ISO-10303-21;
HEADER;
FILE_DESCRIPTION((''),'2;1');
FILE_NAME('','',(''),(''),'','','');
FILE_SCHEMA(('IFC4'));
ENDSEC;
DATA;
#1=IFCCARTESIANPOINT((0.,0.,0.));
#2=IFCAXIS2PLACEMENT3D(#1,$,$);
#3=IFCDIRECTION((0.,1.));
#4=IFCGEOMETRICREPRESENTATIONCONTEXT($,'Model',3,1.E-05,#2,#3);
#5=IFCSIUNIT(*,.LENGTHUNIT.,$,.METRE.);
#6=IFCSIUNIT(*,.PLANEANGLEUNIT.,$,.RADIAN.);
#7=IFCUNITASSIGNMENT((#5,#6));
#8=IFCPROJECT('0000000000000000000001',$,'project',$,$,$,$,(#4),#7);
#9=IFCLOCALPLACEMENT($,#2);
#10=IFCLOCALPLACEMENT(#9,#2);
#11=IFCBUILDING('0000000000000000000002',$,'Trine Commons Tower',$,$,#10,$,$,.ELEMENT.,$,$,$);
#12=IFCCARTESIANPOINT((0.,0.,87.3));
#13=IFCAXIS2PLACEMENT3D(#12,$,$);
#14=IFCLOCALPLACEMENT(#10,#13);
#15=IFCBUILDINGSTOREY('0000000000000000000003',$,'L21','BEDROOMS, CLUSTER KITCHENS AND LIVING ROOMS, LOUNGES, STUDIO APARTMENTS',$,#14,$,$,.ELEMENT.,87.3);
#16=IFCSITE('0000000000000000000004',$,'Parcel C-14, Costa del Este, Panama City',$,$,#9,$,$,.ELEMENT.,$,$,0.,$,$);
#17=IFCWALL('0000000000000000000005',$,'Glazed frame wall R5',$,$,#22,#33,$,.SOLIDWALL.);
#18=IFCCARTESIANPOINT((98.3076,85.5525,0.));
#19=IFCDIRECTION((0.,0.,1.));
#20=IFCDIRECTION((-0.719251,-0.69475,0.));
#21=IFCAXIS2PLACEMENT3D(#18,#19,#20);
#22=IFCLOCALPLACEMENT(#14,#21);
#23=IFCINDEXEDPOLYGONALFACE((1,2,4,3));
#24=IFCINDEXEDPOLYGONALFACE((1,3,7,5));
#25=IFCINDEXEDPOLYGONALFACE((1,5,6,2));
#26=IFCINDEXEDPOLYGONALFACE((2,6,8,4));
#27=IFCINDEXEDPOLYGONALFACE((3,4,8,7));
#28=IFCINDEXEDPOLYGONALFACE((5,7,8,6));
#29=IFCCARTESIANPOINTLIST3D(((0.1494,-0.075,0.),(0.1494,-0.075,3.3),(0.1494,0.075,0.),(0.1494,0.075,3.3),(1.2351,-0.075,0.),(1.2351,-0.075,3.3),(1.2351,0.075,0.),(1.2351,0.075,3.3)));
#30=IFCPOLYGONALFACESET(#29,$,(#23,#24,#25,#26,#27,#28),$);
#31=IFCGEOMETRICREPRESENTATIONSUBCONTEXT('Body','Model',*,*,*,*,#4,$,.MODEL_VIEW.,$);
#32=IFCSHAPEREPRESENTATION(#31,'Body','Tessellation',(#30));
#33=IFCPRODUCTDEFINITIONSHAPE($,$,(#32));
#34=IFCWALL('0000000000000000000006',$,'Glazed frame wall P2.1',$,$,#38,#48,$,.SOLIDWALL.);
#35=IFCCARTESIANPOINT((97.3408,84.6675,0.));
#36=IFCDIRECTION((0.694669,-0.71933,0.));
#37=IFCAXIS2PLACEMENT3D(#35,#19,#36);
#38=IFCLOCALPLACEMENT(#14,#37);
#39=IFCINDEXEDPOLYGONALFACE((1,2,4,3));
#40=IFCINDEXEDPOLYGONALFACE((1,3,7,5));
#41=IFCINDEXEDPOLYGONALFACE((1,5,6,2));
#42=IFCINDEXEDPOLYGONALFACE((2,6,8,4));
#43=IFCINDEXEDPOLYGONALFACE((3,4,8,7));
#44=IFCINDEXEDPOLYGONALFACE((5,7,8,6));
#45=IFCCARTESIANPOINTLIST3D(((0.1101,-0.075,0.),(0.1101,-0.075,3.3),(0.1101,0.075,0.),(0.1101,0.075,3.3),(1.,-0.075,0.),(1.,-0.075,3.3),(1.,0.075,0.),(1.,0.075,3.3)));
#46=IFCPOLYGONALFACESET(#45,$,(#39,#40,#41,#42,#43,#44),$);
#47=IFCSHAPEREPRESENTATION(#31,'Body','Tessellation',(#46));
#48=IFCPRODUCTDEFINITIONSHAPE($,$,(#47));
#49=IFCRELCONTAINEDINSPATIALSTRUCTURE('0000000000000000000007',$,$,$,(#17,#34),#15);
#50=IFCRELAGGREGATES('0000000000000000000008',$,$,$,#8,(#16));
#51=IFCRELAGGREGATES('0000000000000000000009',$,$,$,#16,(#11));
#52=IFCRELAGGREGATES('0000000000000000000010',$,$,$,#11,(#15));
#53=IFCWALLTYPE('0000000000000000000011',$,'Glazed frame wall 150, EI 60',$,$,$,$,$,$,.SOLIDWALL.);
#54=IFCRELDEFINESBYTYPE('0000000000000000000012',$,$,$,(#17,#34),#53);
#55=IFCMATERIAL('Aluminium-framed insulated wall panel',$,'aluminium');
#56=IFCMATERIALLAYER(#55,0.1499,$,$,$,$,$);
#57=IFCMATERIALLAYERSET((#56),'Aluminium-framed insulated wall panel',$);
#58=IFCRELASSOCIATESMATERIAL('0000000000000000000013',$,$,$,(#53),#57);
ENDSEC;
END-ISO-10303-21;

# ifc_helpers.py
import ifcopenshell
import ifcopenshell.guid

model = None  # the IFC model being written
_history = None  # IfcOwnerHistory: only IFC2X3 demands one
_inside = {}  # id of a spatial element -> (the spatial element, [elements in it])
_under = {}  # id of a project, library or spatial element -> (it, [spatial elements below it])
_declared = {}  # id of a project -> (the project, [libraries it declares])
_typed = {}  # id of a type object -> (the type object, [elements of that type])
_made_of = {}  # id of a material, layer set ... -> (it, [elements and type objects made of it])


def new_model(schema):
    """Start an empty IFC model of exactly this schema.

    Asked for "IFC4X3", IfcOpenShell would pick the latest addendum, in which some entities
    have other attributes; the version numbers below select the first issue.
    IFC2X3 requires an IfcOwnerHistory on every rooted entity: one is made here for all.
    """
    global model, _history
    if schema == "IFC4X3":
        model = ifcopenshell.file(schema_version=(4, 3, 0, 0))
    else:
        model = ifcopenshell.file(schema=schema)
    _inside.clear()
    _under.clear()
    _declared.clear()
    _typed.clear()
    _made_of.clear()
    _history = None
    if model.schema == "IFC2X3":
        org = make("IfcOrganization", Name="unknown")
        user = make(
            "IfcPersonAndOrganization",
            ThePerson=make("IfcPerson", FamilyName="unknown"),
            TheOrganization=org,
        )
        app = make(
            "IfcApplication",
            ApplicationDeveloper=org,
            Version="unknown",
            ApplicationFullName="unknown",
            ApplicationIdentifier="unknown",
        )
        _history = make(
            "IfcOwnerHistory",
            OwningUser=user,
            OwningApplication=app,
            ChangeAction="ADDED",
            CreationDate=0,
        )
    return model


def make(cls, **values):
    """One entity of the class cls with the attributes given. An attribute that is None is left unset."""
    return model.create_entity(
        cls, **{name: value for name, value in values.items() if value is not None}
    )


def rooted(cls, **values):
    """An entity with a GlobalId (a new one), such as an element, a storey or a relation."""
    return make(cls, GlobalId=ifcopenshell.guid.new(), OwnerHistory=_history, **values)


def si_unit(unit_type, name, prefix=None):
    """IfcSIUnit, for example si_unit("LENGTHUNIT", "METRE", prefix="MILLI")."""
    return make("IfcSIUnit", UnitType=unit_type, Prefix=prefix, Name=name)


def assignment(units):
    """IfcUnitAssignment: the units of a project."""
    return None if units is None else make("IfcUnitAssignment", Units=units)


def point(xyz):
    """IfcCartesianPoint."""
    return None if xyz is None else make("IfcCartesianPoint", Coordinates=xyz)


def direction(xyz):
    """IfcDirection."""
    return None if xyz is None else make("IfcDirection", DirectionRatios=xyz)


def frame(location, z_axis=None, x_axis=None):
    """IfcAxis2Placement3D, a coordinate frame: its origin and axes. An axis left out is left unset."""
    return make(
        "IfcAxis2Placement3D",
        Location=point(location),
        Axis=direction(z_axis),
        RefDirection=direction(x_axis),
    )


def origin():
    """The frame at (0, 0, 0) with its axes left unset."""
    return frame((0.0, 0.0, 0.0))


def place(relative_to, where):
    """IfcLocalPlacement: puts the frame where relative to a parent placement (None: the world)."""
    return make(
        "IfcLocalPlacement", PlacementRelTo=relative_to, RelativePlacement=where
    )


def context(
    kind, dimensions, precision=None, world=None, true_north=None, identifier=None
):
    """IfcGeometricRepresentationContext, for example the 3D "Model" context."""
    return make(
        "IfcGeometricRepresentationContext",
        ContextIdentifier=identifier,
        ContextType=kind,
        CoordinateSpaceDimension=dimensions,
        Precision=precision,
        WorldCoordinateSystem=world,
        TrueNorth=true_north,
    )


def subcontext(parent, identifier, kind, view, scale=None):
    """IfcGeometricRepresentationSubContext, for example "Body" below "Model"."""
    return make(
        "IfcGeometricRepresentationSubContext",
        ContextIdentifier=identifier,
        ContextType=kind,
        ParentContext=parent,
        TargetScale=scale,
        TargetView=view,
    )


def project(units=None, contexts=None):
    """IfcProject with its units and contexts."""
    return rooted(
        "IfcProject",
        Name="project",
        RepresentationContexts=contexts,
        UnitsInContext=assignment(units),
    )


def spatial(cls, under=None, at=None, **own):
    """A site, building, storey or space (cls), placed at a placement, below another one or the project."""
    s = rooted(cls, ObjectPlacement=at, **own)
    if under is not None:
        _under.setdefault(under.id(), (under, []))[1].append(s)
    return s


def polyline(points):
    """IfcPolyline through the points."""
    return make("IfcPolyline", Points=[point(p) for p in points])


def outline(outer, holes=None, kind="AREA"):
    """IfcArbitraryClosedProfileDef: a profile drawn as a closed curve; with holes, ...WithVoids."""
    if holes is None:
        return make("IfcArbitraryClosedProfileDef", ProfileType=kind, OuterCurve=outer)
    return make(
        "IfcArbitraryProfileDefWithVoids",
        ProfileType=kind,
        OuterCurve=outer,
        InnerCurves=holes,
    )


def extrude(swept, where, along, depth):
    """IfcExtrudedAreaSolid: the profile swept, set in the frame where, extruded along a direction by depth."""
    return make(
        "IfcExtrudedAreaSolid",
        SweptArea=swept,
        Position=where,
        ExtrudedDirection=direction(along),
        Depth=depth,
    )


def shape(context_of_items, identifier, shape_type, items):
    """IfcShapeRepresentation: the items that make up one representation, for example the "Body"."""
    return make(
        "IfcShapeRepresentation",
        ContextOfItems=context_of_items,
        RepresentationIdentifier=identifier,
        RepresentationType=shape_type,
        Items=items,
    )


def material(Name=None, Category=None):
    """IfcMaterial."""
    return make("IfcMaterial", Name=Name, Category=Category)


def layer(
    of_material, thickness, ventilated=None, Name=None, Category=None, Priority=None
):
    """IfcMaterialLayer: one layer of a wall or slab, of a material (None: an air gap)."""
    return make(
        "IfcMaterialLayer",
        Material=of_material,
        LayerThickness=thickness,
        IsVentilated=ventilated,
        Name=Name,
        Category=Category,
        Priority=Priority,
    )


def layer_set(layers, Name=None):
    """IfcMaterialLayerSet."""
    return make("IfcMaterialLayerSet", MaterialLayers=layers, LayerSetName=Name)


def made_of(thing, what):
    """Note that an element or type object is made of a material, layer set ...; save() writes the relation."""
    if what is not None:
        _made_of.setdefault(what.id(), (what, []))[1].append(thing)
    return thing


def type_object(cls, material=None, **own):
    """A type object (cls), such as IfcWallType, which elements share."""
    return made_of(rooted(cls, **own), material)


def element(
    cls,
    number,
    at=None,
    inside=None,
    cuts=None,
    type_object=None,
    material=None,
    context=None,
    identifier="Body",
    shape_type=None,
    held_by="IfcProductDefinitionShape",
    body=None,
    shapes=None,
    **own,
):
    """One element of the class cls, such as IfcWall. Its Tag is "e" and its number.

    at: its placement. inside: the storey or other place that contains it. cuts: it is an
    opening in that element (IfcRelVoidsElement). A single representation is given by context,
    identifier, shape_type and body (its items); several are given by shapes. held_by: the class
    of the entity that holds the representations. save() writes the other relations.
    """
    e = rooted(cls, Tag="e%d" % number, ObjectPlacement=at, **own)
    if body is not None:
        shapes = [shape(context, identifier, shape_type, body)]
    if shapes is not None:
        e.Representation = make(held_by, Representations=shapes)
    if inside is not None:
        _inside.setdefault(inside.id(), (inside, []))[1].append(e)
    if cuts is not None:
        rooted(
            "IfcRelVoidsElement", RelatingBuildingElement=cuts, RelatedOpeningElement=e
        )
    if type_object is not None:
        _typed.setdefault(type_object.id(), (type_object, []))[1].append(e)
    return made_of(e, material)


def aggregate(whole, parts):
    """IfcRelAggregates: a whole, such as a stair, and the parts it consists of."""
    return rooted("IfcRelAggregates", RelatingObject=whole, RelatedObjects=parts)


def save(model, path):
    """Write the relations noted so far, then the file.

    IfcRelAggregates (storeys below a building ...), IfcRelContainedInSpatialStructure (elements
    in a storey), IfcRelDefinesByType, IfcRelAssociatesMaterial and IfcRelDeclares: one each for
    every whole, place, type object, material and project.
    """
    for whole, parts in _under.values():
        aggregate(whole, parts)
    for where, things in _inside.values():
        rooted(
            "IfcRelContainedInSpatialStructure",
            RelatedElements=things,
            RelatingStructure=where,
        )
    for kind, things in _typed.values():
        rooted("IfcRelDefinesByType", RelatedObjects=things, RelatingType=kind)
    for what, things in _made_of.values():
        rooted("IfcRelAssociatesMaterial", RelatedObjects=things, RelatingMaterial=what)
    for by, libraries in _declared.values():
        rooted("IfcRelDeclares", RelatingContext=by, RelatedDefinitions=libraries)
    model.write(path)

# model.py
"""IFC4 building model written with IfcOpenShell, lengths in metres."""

from ifc_helpers import new_model, si_unit, direction, frame, origin, place, context, subcontext, project, spatial, polyline, outline, extrude, material, layer, layer_set, type_object, element, save


model = new_model("IFC4")

# Units and contexts
model_context = context("Model", 3, precision=1e-05, world=origin(), true_north=direction((0.0, 1.0)))
body_context = subcontext(model_context, "Body", "Model", "MODEL_VIEW")
ifc_project = project(units=[si_unit("LENGTHUNIT", "METRE"), si_unit("PLANEANGLEUNIT", "RADIAN")], contexts=[model_context])

# Site, building, storey
site_placement = place(None, origin())
site = spatial("IfcSite", under=ifc_project, at=site_placement, Name="Parcel C-14, Costa del Este, Panama City", CompositionType="ELEMENT", RefElevation=0.0)
building_placement = place(site_placement, origin())
building = spatial("IfcBuilding", under=site, at=building_placement, Name="Trine Commons Tower", CompositionType="ELEMENT")
storey_placement = place(building_placement, frame((0.0, 0.0, 87.3)))
storey = spatial("IfcBuildingStorey", under=building, at=storey_placement, Name="L21", Description="BEDROOMS, CLUSTER KITCHENS AND LIVING ROOMS, LOUNGES, STUDIO APARTMENTS", CompositionType="ELEMENT", Elevation=87.3)

# Walls
ifc_material_1 = material(Name="Aluminium-framed insulated wall panel", Category="aluminium")
ifc_layer_1 = layer(ifc_material_1, 0.1499)
ifc_layer_set_1 = layer_set([ifc_layer_1], Name="Aluminium-framed insulated wall panel")
wall_type_1 = type_object("IfcWallType", Name="Glazed frame wall 150, EI 60", PredefinedType="SOLIDWALL", material=ifc_layer_set_1)
wall_1_placement = place(storey_placement, frame((98.3076, 85.5525, 0.0), z_axis=(0.0, 0.0, 1.0), x_axis=(-0.719251, -0.69475, 0.0)))
element("IfcWall", 1, at=wall_1_placement, inside=storey, type_object=wall_type_1, Name="Glazed frame wall R5", PredefinedType="SOLIDWALL", context=body_context, shape_type="SweptSolid", body=[
    extrude(outline(polyline([(0.1494, 0.075), (0.1494, -0.075), (1.2351, -0.075), (1.2351, 0.075), (0.1494, 0.075)])), origin(), (0.0, 0.0, 1.0), 3.3),
])
wall_2_placement = place(storey_placement, frame((97.3408, 84.6675, 0.0), z_axis=(0.0, 0.0, 1.0), x_axis=(0.694669, -0.71933, 0.0)))
element("IfcWall", 2, at=wall_2_placement, inside=storey, type_object=wall_type_1, Name="Glazed frame wall P2.1", PredefinedType="SOLIDWALL", context=body_context, shape_type="SweptSolid", body=[
    extrude(outline(polyline([(0.1101, -0.075), (1.0, -0.075), (1.0, 0.075), (0.1101, 0.075), (0.1101, -0.075)])), origin(), (0.0, 0.0, 1.0), 3.3),
])

save(model, "model.ifc")
